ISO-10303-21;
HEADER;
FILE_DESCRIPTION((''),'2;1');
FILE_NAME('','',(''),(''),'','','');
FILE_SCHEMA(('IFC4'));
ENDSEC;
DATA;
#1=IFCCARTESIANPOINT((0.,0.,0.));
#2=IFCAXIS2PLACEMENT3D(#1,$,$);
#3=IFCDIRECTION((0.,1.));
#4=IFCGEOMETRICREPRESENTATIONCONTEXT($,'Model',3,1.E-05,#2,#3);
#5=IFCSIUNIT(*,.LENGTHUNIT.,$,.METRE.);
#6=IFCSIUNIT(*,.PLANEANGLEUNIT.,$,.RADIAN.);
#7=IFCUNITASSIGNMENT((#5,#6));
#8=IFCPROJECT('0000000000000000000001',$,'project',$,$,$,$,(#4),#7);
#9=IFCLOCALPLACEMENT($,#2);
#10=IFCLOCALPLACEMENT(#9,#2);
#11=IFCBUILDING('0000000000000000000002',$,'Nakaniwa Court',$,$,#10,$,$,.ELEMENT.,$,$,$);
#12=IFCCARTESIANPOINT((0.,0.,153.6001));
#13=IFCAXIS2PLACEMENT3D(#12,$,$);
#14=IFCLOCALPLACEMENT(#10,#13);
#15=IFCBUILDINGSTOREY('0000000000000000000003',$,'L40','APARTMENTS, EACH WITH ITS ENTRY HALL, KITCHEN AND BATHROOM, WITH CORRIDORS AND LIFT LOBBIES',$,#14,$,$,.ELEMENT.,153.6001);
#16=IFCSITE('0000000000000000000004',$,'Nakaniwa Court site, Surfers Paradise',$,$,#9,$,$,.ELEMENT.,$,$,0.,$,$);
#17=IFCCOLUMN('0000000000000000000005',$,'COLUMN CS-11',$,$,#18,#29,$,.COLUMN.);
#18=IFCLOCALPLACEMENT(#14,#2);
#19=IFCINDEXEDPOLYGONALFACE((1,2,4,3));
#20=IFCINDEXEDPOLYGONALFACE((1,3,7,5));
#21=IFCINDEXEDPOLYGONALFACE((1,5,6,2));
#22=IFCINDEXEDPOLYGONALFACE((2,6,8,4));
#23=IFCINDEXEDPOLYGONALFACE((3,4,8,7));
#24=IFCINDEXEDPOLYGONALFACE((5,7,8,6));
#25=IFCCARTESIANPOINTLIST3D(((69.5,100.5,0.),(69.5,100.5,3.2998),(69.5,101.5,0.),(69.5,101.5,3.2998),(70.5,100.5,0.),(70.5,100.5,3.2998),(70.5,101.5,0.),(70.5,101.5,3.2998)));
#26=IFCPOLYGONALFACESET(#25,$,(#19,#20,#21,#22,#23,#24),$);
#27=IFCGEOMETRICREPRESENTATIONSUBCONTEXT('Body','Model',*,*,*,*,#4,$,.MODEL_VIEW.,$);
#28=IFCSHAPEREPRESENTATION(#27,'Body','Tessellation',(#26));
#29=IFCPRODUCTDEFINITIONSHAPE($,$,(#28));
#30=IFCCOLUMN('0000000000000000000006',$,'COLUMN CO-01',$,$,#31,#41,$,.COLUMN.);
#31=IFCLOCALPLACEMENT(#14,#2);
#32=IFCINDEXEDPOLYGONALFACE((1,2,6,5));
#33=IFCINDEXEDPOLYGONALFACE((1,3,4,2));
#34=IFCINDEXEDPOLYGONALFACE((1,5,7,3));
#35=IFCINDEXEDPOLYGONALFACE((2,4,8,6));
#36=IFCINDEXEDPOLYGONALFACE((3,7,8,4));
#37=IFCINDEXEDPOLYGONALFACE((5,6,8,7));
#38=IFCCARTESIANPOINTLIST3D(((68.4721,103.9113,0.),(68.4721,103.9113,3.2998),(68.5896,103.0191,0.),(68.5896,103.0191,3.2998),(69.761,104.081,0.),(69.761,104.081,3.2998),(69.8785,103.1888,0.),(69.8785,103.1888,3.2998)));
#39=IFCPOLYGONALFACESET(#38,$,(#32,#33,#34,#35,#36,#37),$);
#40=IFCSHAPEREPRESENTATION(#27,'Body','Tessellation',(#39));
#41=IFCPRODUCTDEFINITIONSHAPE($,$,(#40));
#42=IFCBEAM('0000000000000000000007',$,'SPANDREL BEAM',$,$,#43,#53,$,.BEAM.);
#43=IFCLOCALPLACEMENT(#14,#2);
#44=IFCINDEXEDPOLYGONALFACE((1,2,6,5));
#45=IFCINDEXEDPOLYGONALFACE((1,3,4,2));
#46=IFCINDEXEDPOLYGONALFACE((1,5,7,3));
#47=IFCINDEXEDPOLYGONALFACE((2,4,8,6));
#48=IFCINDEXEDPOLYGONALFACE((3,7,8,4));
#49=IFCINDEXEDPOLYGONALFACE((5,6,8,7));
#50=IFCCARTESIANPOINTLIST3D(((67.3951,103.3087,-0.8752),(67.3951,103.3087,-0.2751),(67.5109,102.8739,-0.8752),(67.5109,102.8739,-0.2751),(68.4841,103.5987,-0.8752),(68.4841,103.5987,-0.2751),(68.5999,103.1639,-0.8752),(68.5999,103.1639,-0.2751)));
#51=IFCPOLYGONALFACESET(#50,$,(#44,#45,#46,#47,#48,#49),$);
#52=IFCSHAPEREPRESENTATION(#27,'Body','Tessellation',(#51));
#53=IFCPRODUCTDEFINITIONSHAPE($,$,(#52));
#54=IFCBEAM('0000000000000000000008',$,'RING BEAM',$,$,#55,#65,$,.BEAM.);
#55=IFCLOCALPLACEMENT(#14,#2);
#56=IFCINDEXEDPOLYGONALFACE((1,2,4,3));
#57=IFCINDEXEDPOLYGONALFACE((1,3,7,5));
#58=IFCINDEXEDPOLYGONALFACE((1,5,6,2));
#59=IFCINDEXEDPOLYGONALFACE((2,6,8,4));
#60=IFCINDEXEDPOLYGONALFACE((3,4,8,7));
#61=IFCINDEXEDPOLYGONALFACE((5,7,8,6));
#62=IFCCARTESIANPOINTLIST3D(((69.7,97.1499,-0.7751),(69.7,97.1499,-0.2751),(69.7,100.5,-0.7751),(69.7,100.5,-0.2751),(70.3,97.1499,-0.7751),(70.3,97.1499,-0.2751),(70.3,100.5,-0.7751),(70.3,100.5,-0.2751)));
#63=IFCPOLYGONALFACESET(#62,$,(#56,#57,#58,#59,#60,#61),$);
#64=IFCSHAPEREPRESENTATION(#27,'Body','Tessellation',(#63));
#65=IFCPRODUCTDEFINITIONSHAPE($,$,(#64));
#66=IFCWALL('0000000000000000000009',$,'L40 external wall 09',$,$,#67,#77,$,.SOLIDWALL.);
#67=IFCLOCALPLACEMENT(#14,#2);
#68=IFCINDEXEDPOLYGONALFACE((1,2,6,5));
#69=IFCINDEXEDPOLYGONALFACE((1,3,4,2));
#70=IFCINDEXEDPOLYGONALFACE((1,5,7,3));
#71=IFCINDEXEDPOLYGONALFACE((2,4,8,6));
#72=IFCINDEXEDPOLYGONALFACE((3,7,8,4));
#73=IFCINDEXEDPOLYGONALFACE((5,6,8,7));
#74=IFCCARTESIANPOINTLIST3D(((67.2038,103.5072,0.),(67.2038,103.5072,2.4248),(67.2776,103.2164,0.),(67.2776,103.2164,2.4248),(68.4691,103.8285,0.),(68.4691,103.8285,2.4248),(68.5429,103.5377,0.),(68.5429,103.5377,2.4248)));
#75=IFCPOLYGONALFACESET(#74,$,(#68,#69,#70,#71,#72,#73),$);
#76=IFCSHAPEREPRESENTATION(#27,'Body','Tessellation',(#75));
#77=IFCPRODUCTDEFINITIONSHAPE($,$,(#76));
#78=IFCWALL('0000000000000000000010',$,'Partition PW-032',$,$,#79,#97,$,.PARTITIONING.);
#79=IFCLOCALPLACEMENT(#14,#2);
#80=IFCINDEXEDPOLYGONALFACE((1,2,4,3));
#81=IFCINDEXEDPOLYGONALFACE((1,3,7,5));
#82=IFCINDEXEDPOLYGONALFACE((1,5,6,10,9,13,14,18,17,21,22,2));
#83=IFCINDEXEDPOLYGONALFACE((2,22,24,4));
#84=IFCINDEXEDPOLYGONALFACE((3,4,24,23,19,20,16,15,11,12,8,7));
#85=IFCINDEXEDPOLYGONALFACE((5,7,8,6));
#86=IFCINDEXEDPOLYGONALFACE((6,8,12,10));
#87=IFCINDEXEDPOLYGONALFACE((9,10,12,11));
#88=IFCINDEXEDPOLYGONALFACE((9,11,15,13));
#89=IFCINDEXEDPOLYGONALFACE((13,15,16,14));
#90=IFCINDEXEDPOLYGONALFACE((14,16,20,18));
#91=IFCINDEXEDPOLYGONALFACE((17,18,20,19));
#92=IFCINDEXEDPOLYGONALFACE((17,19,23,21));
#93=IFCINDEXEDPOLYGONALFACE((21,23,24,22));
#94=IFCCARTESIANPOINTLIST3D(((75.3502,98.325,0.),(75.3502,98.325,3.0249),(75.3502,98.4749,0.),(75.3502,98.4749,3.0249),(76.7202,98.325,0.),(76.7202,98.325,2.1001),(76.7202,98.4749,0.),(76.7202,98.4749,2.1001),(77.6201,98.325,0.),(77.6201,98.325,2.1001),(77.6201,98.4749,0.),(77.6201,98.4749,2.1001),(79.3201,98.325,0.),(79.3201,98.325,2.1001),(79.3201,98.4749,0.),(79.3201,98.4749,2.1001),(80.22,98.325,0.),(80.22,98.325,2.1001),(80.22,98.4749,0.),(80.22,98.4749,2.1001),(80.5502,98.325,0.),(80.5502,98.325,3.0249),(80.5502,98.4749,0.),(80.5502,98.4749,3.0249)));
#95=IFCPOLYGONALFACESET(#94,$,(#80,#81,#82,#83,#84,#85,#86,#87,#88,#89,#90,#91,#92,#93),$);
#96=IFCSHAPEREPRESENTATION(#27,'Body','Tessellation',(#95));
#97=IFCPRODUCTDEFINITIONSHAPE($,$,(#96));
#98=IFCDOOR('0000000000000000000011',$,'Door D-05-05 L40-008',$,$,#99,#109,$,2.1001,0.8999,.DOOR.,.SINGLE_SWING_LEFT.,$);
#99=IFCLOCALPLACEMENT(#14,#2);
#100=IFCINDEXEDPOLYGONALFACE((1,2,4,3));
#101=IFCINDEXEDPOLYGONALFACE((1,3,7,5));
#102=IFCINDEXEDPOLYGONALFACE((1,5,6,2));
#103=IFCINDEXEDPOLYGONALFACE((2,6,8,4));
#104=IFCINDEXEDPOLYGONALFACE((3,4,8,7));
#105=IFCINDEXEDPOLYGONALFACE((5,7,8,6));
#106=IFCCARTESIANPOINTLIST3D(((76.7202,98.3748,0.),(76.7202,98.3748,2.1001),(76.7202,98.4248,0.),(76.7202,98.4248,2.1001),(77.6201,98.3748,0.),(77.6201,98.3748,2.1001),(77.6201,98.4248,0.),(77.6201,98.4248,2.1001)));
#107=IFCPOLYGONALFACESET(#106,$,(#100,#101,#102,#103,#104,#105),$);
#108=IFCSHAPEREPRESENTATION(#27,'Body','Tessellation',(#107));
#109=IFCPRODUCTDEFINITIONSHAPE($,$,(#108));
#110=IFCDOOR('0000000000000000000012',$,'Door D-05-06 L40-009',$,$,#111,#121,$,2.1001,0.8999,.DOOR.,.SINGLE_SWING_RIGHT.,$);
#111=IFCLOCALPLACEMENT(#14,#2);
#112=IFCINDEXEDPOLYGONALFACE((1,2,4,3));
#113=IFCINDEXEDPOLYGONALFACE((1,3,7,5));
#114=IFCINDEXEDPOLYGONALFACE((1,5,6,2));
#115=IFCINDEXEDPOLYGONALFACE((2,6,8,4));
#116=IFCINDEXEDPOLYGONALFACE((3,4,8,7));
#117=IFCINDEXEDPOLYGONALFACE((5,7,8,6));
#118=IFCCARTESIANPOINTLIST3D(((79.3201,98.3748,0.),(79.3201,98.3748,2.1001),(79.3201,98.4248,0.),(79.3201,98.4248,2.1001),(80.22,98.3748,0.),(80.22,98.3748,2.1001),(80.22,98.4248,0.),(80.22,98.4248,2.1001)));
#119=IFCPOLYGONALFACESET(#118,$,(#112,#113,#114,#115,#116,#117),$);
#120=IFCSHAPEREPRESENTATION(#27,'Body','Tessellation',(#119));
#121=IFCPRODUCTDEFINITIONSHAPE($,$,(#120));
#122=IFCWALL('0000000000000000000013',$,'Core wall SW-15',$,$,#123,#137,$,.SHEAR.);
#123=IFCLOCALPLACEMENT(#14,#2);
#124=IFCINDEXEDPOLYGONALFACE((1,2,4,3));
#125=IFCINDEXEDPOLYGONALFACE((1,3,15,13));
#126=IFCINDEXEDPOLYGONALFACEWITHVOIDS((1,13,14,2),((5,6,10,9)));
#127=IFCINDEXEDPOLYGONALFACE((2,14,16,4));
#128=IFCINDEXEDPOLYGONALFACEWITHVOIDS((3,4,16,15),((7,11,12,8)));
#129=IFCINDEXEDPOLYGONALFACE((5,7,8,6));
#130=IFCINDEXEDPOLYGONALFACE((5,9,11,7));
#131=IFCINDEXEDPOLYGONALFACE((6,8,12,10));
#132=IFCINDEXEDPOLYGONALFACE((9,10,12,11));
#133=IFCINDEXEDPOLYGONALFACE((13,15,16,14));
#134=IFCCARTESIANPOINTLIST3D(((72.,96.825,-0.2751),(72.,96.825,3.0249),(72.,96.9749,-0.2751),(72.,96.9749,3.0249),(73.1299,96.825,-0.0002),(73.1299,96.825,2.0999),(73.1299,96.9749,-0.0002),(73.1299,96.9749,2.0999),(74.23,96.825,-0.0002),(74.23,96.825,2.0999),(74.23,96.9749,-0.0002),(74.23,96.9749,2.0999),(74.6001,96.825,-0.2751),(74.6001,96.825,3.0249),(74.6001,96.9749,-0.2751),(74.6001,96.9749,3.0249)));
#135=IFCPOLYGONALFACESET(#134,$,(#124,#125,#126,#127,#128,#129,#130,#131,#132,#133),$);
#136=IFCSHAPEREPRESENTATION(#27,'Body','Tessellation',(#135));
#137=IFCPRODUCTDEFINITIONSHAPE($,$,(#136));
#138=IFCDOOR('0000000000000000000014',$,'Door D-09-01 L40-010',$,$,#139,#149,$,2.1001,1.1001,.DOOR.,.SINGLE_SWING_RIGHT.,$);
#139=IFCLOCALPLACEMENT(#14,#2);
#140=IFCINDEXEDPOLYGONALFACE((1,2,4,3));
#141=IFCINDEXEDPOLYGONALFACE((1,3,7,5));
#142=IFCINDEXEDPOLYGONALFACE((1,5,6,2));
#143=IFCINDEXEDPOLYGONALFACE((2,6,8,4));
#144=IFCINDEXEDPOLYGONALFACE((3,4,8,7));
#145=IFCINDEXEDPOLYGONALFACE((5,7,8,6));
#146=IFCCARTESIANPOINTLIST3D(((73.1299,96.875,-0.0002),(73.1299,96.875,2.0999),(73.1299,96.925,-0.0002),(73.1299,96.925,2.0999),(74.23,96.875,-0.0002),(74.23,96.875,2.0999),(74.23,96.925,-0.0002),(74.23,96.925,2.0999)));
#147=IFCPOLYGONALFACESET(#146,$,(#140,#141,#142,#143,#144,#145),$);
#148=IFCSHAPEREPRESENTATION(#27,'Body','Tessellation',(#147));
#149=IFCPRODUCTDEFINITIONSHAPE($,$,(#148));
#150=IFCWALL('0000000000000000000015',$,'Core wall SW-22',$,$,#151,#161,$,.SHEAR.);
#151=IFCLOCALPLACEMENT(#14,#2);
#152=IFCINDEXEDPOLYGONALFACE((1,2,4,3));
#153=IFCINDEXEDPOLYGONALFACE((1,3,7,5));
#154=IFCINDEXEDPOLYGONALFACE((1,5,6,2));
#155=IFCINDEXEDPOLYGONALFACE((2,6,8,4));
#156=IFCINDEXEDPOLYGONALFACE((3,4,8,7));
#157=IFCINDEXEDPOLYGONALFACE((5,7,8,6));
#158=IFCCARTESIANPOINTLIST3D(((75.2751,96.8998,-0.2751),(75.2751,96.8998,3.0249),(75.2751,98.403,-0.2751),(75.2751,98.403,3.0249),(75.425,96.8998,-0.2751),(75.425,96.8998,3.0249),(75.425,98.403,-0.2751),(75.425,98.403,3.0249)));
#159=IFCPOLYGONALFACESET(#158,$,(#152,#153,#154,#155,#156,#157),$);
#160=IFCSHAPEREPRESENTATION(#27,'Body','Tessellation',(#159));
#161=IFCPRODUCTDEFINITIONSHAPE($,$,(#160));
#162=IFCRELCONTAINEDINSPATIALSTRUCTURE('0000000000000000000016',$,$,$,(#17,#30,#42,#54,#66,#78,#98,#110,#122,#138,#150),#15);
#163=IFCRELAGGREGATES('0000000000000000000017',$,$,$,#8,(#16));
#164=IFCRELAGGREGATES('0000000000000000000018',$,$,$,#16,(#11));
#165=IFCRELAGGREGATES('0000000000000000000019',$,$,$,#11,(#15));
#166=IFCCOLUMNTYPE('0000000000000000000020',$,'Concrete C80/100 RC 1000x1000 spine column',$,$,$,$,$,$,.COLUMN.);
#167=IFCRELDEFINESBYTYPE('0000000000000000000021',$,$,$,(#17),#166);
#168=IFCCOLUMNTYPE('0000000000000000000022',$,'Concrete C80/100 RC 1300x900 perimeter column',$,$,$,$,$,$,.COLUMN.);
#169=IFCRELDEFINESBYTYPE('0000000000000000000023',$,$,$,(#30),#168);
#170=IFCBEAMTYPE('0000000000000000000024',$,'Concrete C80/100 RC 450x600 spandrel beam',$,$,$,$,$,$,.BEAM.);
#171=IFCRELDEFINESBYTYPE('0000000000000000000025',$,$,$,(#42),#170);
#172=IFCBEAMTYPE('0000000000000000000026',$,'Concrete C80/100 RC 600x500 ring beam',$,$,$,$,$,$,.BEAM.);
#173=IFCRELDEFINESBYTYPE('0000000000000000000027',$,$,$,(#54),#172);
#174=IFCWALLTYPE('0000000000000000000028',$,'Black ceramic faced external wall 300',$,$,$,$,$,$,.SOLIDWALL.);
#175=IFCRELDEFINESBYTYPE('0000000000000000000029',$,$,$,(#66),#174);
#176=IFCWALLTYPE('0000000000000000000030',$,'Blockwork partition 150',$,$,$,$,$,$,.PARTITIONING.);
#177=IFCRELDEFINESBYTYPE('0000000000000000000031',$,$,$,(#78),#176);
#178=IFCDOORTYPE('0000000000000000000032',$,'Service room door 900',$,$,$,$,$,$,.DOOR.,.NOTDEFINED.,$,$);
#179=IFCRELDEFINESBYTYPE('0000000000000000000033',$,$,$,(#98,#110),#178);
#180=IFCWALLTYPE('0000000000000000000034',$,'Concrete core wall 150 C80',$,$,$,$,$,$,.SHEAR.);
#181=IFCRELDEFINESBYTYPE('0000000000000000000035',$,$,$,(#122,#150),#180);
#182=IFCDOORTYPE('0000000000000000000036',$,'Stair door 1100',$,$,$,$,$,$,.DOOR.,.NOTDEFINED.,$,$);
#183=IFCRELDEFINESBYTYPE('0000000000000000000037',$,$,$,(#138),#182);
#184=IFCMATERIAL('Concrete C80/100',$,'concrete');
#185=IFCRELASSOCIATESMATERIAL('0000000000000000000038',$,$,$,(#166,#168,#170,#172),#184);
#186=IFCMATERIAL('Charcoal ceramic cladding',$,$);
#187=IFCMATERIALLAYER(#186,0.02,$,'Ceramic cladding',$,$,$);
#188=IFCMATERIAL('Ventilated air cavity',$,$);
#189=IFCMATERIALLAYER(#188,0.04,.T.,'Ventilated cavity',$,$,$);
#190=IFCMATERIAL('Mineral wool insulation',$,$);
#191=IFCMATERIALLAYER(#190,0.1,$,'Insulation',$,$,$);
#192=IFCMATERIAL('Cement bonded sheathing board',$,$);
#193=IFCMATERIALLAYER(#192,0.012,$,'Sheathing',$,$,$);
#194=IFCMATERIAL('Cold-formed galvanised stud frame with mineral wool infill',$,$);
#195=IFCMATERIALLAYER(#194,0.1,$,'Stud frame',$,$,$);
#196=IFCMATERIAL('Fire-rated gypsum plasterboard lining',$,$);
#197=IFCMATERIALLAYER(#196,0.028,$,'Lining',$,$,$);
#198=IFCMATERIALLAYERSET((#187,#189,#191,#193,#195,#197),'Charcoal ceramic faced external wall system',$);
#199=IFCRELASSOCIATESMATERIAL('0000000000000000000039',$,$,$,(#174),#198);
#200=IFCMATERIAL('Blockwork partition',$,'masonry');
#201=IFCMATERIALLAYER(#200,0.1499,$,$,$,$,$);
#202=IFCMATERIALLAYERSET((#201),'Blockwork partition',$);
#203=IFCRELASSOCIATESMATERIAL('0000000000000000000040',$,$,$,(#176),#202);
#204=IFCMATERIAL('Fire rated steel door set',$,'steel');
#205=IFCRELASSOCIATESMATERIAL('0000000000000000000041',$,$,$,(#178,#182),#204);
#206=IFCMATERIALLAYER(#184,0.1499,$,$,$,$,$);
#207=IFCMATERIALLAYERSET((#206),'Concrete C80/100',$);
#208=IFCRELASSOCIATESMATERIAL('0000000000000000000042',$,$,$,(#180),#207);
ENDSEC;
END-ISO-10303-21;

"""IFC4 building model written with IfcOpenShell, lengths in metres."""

from ifc_helpers import new_model, si_unit, direction, frame, frame_2d, origin, origin_2d, place, context, subcontext, project, spatial, rectangle, extrude, material, layer, layer_set, material_profile, profile_set, type_object, element, fill, save


model = new_model("IFC4")

# Units and contexts
model_context = context("Model", 3, precision=1e-05, world=origin(), true_north=direction((0.0, 1.0)))
body_context = subcontext(model_context, "Body", "Model", "MODEL_VIEW")
ifc_project = project(units=[si_unit("LENGTHUNIT", "METRE"), si_unit("PLANEANGLEUNIT", "RADIAN")], contexts=[model_context])

# Site, building, storey
site_placement = place(None, origin())
site = spatial("IfcSite", under=ifc_project, at=site_placement, Name="Nakaniwa Court site, Surfers Paradise", CompositionType="ELEMENT", RefElevation=0.0)
building_placement = place(site_placement, origin())
building = spatial("IfcBuilding", under=site, at=building_placement, Name="Nakaniwa Court", CompositionType="ELEMENT")
storey_placement = place(building_placement, frame((0.0, 0.0, 153.6001)))
storey = spatial("IfcBuildingStorey", under=building, at=storey_placement, Name="L40", Description="APARTMENTS, EACH WITH ITS ENTRY HALL, KITCHEN AND BATHROOM, WITH CORRIDORS AND LIFT LOBBIES", CompositionType="ELEMENT", Elevation=153.6001)

# Columns
ifc_material_1 = material(Name="Concrete C80/100", Category="concrete")
ifc_material_profile_1 = material_profile(ifc_material_1, rectangle(XDim=1.0, YDim=1.0, at=origin_2d()), Name="Concrete C80/100 RC 1000x1000 spine column")
ifc_profile_set_1 = profile_set([ifc_material_profile_1], Name="Concrete C80/100")
column_type_1 = type_object("IfcColumnType", Name="Concrete C80/100 RC 1000x1000 spine column", PredefinedType="COLUMN", material=ifc_profile_set_1)
column_1_placement = place(storey_placement, frame((70.0, 101.0, 0.0), z_axis=(0.0, 0.0, 1.0), x_axis=(0.0, -1.0, 0.0)))
element("IfcColumn", 1, at=column_1_placement, inside=storey, type_object=column_type_1, Name="COLUMN CS-11", PredefinedType="COLUMN", context=body_context, shape_type="SweptSolid", body=[
    extrude(rectangle(XDim=1.0, YDim=1.0, at=origin_2d()), origin(), (0.0, 0.0, 1.0), 3.2998),
])
ifc_material_profile_2 = material_profile(ifc_material_1, rectangle(XDim=1.3, YDim=0.8999, at=origin_2d()), Name="Concrete C80/100 RC 1300x900 perimeter column")
ifc_profile_set_2 = profile_set([ifc_material_profile_2], Name="Concrete C80/100")
column_type_2 = type_object("IfcColumnType", Name="Concrete C80/100 RC 1300x900 perimeter column", PredefinedType="COLUMN", material=ifc_profile_set_2)
column_2_placement = place(storey_placement, frame((69.1753, 103.55, 0.0), z_axis=(0.0, 0.0, 1.0), x_axis=(-0.991443, -0.130543, 0.0)))
element("IfcColumn", 2, at=column_2_placement, inside=storey, type_object=column_type_2, Name="COLUMN CO-01", PredefinedType="COLUMN", context=body_context, shape_type="SweptSolid", body=[
    extrude(rectangle(XDim=1.3, YDim=0.8999, at=origin_2d()), origin(), (0.0, 0.0, 1.0), 3.2998),
])

# Beams
ifc_material_profile_3 = material_profile(ifc_material_1, rectangle(XDim=0.45, YDim=0.6001, at=origin_2d()), Name="Concrete C80/100 RC 450x600 spandrel beam")
ifc_profile_set_3 = profile_set([ifc_material_profile_3], Name="Concrete C80/100")
beam_type_1 = type_object("IfcBeamType", Name="Concrete C80/100 RC 450x600 spandrel beam", PredefinedType="BEAM", material=ifc_profile_set_3)
beam_1_placement = place(storey_placement, frame((68.542, 103.3813, -0.5752), z_axis=(-0.966321, -0.257339, 0.0), x_axis=(0.257339, -0.966321, 0.0)))
element("IfcBeam", 3, at=beam_1_placement, inside=storey, type_object=beam_type_1, Name="SPANDREL BEAM", PredefinedType="BEAM", context=body_context, shape_type="SweptSolid", body=[
    extrude(rectangle(XDim=0.45, YDim=0.6001, at=origin_2d()), origin(), (0.0, 0.0, 1.0), 1.127),
])
ifc_material_profile_4 = material_profile(ifc_material_1, rectangle(XDim=0.6001, YDim=0.5, at=origin_2d()), Name="Concrete C80/100 RC 600x500 ring beam")
ifc_profile_set_4 = profile_set([ifc_material_profile_4], Name="Concrete C80/100")
beam_type_2 = type_object("IfcBeamType", Name="Concrete C80/100 RC 600x500 ring beam", PredefinedType="BEAM", material=ifc_profile_set_4)
beam_2_placement = place(storey_placement, frame((70.0, 100.5, -0.5251), z_axis=(0.0, -1.0, 0.0), x_axis=(1.0, 0.0, 0.0)))
element("IfcBeam", 4, at=beam_2_placement, inside=storey, type_object=beam_type_2, Name="RING BEAM", PredefinedType="BEAM", context=body_context, shape_type="SweptSolid", body=[
    extrude(rectangle(XDim=0.6001, YDim=0.5, at=origin_2d()), origin(), (0.0, 0.0, 1.0), 3.3501),
])

# Wall
ifc_material_2 = material(Name="Charcoal ceramic cladding")
ifc_layer_1 = layer(ifc_material_2, 0.02, Name="Ceramic cladding")
ifc_material_3 = material(Name="Ventilated air cavity")
ifc_layer_2 = layer(ifc_material_3, 0.04, ventilated=True, Name="Ventilated cavity")
ifc_material_4 = material(Name="Mineral wool insulation")
ifc_layer_3 = layer(ifc_material_4, 0.1, Name="Insulation")
ifc_material_5 = material(Name="Cement bonded sheathing board")
ifc_layer_4 = layer(ifc_material_5, 0.012, Name="Sheathing")
ifc_material_6 = material(Name="Cold-formed galvanised stud frame with mineral wool infill")
ifc_layer_5 = layer(ifc_material_6, 0.1, Name="Stud frame")
ifc_material_7 = material(Name="Fire-rated gypsum plasterboard lining")
ifc_layer_6 = layer(ifc_material_7, 0.028, Name="Lining")
ifc_layer_set_1 = layer_set([ifc_layer_1, ifc_layer_2, ifc_layer_3, ifc_layer_4, ifc_layer_5, ifc_layer_6], Name="Charcoal ceramic faced external wall system")
wall_type_1 = type_object("IfcWallType", Name="Black ceramic faced external wall 300", PredefinedType="SOLIDWALL", material=ifc_layer_set_1)
wall_1_placement = place(storey_placement, frame((68.5061, 103.6831, 0.0), z_axis=(0.0, 0.0, 1.0), x_axis=(-0.969245, -0.246098, 0.0)))
element("IfcWall", 5, at=wall_1_placement, inside=storey, type_object=wall_type_1, Name="L40 external wall 09", PredefinedType="SOLIDWALL", context=body_context, shape_type="SweptSolid", body=[
    extrude(rectangle(XDim=1.3054, YDim=0.3, at=frame_2d((0.6528, 0.0))), origin(), (0.0, 0.0, 1.0), 2.4248),
])

# Wall, openings, doors
ifc_material_8 = material(Name="Blockwork partition", Category="masonry")
ifc_layer_7 = layer(ifc_material_8, 0.1499)
ifc_layer_set_2 = layer_set([ifc_layer_7], Name="Blockwork partition")
wall_type_2 = type_object("IfcWallType", Name="Blockwork partition 150", PredefinedType="PARTITIONING", material=ifc_layer_set_2)
wall_2_placement = place(storey_placement, frame((75.3501, 98.3999, 0.0), z_axis=(0.0, 0.0, 1.0), x_axis=(1.0, 0.0, 0.0)))
wall_2 = element("IfcWall", 6, at=wall_2_placement, inside=storey, type_object=wall_type_2, Name="Partition PW-032", PredefinedType="PARTITIONING", context=body_context, shape_type="SweptSolid", body=[
    extrude(rectangle(XDim=5.2, YDim=0.1499, at=frame_2d((2.6001, 0.0))), origin(), (0.0, 0.0, 1.0), 3.0249),
])
opening_1_placement = place(wall_2_placement, frame((1.3701, 0.0, 0.0)))
opening_1 = element("IfcOpeningElement", 7, at=opening_1_placement, cuts=wall_2, PredefinedType="OPENING", context=body_context, shape_type="SweptSolid", body=[
    extrude(rectangle(XDim=0.8999, YDim=2.1001, at=frame_2d((0.45, 1.05))), frame((0.0, 0.085, 0.0), z_axis=(0.0, -1.0, 0.0), x_axis=(1.0, 0.0, 0.0)), (0.0, 0.0, 1.0), 0.1699),
])
opening_2_placement = place(wall_2_placement, frame((3.97, 0.0, 0.0)))
opening_2 = element("IfcOpeningElement", 8, at=opening_2_placement, cuts=wall_2, PredefinedType="OPENING", context=body_context, shape_type="SweptSolid", body=[
    extrude(rectangle(XDim=0.8999, YDim=2.1001, at=frame_2d((0.45, 1.05))), frame((0.0, 0.085, 0.0), z_axis=(0.0, -1.0, 0.0), x_axis=(1.0, 0.0, 0.0)), (0.0, 0.0, 1.0), 0.1699),
])
ifc_material_9 = material(Name="Fire rated steel door set", Category="steel")
door_type_1 = type_object("IfcDoorType", Name="Service room door 900", OperationType="NOTDEFINED", PredefinedType="DOOR", material=ifc_material_9)
door_1_placement = place(opening_1_placement, origin())
door_1 = element("IfcDoor", 9, at=door_1_placement, inside=storey, type_object=door_type_1, Name="Door D-05-05 L40-008", OperationType="SINGLE_SWING_LEFT", OverallHeight=2.1001, OverallWidth=0.8999, PredefinedType="DOOR", context=body_context, shape_type="SweptSolid", body=[
    extrude(rectangle(XDim=0.8999, YDim=2.1001, at=frame_2d((0.45, 1.05))), frame((0.0, 0.0249, 0.0), z_axis=(0.0, -1.0, 0.0), x_axis=(1.0, 0.0, 0.0)), (0.0, 0.0, 1.0), 0.05),
])
fill(opening_1, door_1)
door_2_placement = place(opening_2_placement, origin())
door_2 = element("IfcDoor", 10, at=door_2_placement, inside=storey, type_object=door_type_1, Name="Door D-05-06 L40-009", OperationType="SINGLE_SWING_RIGHT", OverallHeight=2.1001, OverallWidth=0.8999, PredefinedType="DOOR", context=body_context, shape_type="SweptSolid", body=[
    extrude(rectangle(XDim=0.8999, YDim=2.1001, at=frame_2d((0.45, 1.05))), frame((0.0, 0.0249, 0.0), z_axis=(0.0, -1.0, 0.0), x_axis=(1.0, 0.0, 0.0)), (0.0, 0.0, 1.0), 0.05),
])
fill(opening_2, door_2)

# Wall, opening, door
ifc_layer_8 = layer(ifc_material_1, 0.1499)
ifc_layer_set_3 = layer_set([ifc_layer_8], Name="Concrete C80/100")
wall_type_3 = type_object("IfcWallType", Name="Concrete core wall 150 C80", PredefinedType="SHEAR", material=ifc_layer_set_3)
wall_3_placement = place(storey_placement, frame((74.6001, 96.8999, -0.2751), z_axis=(0.0, 0.0, 1.0), x_axis=(-1.0, 0.0, 0.0)))
wall_3 = element("IfcWall", 11, at=wall_3_placement, inside=storey, type_object=wall_type_3, Name="Core wall SW-15", PredefinedType="SHEAR", context=body_context, shape_type="SweptSolid", body=[
    extrude(rectangle(XDim=2.6001, YDim=0.1499, at=frame_2d((1.3, 0.0))), origin(), (0.0, 0.0, 1.0), 3.3),
])
opening_3_placement = place(wall_3_placement, frame((0.3701, 0.0, 0.2749)))
opening_3 = element("IfcOpeningElement", 12, at=opening_3_placement, cuts=wall_3, PredefinedType="OPENING", context=body_context, shape_type="SweptSolid", body=[
    extrude(rectangle(XDim=1.1001, YDim=2.1001, at=frame_2d((0.55, 1.05))), frame((0.0, 0.085, 0.0), z_axis=(0.0, -1.0, 0.0), x_axis=(1.0, 0.0, 0.0)), (0.0, 0.0, 1.0), 0.1699),
])
door_type_2 = type_object("IfcDoorType", Name="Stair door 1100", OperationType="NOTDEFINED", PredefinedType="DOOR", material=ifc_material_9)
door_3_placement = place(opening_3_placement, origin())
door_3 = element("IfcDoor", 13, at=door_3_placement, inside=storey, type_object=door_type_2, Name="Door D-09-01 L40-010", OperationType="SINGLE_SWING_RIGHT", OverallHeight=2.1001, OverallWidth=1.1001, PredefinedType="DOOR", context=body_context, shape_type="SweptSolid", body=[
    extrude(rectangle(XDim=1.1001, YDim=2.1001, at=frame_2d((0.55, 1.05))), frame((0.0, 0.0249, 0.0), z_axis=(0.0, -1.0, 0.0), x_axis=(1.0, 0.0, 0.0)), (0.0, 0.0, 1.0), 0.05),
])
fill(opening_3, door_3)

# Wall
wall_4_placement = place(storey_placement, frame((75.3501, 96.8999, -0.2751), z_axis=(0.0, 0.0, 1.0), x_axis=(0.0, 1.0, 0.0)))
element("IfcWall", 14, at=wall_4_placement, inside=storey, type_object=wall_type_3, Name="Core wall SW-22", PredefinedType="SHEAR", context=body_context, shape_type="SweptSolid", body=[
    extrude(rectangle(XDim=1.5032, YDim=0.1499, at=frame_2d((0.7515, 0.0))), origin(), (0.0, 0.0, 1.0), 3.3),
])

save(model, "model.ifc")
